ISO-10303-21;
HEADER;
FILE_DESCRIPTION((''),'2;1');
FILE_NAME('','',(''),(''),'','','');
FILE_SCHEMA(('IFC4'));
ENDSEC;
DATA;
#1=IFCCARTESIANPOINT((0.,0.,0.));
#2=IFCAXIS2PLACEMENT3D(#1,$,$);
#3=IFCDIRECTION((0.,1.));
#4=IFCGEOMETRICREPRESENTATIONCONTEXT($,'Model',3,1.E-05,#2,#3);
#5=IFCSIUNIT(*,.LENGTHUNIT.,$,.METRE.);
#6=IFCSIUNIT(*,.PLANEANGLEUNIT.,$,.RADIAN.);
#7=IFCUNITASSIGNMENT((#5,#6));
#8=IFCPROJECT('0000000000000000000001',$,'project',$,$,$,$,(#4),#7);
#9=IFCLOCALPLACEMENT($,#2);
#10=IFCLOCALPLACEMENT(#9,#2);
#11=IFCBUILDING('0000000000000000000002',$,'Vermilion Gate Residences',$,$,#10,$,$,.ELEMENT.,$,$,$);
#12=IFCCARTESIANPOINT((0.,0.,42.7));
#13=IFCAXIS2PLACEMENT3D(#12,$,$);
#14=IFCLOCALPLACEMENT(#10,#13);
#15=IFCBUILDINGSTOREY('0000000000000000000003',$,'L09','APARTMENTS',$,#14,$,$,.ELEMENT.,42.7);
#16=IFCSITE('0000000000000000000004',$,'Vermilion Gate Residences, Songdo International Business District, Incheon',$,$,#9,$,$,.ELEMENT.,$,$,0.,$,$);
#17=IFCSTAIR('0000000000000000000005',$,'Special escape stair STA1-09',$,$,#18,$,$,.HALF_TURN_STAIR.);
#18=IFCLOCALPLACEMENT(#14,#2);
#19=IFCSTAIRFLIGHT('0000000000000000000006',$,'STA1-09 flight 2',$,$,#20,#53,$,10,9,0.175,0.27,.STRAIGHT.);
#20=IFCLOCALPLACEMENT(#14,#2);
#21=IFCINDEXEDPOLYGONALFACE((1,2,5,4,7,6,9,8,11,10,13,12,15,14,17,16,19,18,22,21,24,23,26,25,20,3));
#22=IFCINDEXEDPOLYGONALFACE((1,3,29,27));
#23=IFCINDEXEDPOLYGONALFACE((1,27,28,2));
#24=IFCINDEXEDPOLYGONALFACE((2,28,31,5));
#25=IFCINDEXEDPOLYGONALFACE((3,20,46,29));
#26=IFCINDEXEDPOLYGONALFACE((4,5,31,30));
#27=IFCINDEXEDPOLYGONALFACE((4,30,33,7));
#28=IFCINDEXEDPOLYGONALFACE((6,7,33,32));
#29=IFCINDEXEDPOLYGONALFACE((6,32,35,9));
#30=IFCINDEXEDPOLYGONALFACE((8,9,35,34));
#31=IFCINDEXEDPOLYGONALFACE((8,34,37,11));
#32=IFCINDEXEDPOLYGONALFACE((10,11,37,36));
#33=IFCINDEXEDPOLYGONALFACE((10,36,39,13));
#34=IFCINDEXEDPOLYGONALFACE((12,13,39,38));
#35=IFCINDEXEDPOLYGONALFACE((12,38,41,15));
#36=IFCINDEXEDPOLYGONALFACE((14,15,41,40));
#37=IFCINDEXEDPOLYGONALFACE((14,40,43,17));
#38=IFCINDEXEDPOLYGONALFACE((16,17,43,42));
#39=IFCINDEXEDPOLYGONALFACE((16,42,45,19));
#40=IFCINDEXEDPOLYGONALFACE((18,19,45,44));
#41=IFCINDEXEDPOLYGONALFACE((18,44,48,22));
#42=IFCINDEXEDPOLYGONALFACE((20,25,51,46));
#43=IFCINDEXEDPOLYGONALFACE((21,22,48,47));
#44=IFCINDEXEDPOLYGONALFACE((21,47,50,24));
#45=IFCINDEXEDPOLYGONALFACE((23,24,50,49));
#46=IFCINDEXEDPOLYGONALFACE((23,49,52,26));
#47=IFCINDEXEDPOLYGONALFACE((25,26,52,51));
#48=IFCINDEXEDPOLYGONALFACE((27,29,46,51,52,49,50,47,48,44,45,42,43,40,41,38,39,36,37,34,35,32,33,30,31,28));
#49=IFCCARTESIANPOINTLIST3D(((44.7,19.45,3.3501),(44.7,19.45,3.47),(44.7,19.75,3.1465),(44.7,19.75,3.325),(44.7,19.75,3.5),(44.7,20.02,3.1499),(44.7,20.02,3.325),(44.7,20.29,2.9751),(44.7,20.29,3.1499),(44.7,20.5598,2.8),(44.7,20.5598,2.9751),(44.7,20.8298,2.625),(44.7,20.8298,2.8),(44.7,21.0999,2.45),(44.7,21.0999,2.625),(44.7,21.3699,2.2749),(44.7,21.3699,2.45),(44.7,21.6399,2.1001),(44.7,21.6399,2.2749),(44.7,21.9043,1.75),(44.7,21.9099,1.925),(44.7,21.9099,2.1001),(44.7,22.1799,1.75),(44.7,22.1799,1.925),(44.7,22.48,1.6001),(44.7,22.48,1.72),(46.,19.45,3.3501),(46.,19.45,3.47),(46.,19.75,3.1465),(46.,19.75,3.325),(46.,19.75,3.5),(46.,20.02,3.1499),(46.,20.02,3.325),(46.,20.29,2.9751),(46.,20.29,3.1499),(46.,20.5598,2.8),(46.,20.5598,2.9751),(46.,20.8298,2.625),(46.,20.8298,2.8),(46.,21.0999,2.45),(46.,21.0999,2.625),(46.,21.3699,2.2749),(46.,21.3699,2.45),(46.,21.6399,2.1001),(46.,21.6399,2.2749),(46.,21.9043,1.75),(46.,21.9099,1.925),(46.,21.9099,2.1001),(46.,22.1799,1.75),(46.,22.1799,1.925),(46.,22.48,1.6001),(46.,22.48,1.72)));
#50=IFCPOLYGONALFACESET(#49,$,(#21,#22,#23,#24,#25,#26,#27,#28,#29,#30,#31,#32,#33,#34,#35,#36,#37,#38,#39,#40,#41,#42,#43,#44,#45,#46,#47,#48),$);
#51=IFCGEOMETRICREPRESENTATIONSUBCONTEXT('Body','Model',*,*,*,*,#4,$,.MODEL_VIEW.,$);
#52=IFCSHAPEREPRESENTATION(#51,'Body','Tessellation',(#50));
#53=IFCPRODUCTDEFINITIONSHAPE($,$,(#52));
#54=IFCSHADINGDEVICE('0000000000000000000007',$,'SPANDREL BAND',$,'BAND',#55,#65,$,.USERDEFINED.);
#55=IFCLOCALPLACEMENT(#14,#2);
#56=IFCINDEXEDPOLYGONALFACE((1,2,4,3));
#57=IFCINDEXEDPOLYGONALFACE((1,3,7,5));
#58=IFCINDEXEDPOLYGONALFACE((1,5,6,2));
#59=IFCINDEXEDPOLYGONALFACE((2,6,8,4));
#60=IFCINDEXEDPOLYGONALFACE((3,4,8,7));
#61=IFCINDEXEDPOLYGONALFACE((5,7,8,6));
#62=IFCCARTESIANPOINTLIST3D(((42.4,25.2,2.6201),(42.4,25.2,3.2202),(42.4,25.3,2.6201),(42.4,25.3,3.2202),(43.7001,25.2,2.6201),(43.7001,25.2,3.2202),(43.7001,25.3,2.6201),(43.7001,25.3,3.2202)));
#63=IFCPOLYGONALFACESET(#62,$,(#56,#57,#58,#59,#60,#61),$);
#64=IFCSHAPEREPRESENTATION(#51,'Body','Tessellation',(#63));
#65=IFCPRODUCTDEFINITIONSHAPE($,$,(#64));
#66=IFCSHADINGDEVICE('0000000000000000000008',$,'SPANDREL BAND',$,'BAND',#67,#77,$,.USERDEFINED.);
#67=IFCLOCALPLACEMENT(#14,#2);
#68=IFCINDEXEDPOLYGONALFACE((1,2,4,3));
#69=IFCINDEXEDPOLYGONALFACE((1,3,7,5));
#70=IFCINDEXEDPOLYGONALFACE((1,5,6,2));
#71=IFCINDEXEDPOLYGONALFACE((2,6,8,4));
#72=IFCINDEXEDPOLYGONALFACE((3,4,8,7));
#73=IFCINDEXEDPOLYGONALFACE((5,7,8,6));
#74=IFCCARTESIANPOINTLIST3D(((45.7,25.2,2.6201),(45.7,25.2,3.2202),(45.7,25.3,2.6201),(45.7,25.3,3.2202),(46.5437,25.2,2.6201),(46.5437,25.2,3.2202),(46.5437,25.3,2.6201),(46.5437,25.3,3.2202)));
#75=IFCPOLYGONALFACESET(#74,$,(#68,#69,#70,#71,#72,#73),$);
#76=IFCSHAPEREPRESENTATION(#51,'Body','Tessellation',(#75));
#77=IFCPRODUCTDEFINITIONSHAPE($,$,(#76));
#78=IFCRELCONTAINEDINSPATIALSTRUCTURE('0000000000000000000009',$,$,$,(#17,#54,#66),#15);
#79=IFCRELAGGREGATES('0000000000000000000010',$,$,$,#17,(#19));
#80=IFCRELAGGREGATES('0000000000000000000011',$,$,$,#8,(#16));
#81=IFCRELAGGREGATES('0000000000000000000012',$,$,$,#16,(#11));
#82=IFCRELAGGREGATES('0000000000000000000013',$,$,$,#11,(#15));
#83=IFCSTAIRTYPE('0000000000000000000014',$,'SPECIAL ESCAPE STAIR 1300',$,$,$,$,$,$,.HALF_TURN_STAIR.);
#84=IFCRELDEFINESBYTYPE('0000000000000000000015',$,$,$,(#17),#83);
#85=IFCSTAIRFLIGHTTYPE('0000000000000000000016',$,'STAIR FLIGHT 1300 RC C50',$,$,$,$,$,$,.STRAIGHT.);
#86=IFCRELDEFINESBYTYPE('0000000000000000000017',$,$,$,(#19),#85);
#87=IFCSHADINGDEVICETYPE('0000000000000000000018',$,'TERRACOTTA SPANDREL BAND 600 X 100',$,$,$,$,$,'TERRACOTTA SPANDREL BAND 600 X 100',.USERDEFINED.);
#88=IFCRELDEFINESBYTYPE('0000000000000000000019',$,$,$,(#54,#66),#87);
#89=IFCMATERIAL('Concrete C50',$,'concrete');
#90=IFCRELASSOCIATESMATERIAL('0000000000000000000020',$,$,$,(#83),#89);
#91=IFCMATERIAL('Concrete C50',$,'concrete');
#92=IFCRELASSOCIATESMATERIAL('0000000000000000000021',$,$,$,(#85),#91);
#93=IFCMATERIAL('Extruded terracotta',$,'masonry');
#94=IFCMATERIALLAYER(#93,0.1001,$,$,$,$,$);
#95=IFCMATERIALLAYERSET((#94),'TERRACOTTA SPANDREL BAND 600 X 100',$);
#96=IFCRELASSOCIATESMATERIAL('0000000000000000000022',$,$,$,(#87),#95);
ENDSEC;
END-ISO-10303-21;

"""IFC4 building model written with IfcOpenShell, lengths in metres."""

from ifc_helpers import new_model, si_unit, direction, frame, origin, origin_2d, place, context, subcontext, project, spatial, polyline, rectangle, outline, extrude, material, layer, layer_set, type_object, element, aggregate, save


model = new_model("IFC4")

# Units and contexts
model_context = context("Model", 3, precision=1e-05, world=origin(), true_north=direction((0.0, 1.0)))
body_context = subcontext(model_context, "Body", "Model", "MODEL_VIEW")
ifc_project = project(units=[si_unit("LENGTHUNIT", "METRE"), si_unit("PLANEANGLEUNIT", "RADIAN")], contexts=[model_context])

# Site, building, storey
site_placement = place(None, origin())
site = spatial("IfcSite", under=ifc_project, at=site_placement, Name="Vermilion Gate Residences, Songdo International Business District, Incheon", CompositionType="ELEMENT", RefElevation=0.0)
building_placement = place(site_placement, origin())
building = spatial("IfcBuilding", under=site, at=building_placement, Name="Vermilion Gate Residences", CompositionType="ELEMENT")
storey_placement = place(building_placement, frame((0.0, 0.0, 42.7)))
storey = spatial("IfcBuildingStorey", under=building, at=storey_placement, Name="L09", Description="APARTMENTS", CompositionType="ELEMENT", Elevation=42.7)

# Stair, stair flight
ifc_material_1 = material(Name="Concrete C50", Category="concrete")
stair_type = type_object("IfcStairType", Name="SPECIAL ESCAPE STAIR 1300", PredefinedType="HALF_TURN_STAIR", material=ifc_material_1)
stair_placement = place(storey_placement, origin())
stair = element("IfcStair", 1, at=stair_placement, inside=storey, type_object=stair_type, Name="Special escape stair STA1-09", PredefinedType="HALF_TURN_STAIR")
ifc_material_2 = material(Name="Concrete C50", Category="concrete")
stair_flight_type = type_object("IfcStairFlightType", Name="STAIR FLIGHT 1300 RC C50", PredefinedType="STRAIGHT", material=ifc_material_2)
stair_flight_1_placement = place(storey_placement, frame((45.3501, 22.1799, 1.75), z_axis=(0.0, 0.0, 1.0), x_axis=(0.0, -1.0, 0.0)))
stair_flight_1 = element("IfcStairFlight", 2, at=stair_flight_1_placement, type_object=stair_flight_type, Name="STA1-09 flight 2", NumberOfRisers=10, NumberOfTreads=9, PredefinedType="STRAIGHT", RiserHeight=0.175, TreadLength=0.27, context=body_context, shape_type="SweptSolid", body=[
    extrude(outline(polyline([(-0.3, -0.1499), (-0.3, -0.03), (0.0, 0.0), (0.0, 0.175), (0.27, 0.175), (0.27, 0.3501), (0.54, 0.3501), (0.54, 0.5249), (0.8101, 0.5249), (0.8101, 0.7), (1.0801, 0.7), (1.0801, 0.875), (1.3501, 0.875), (1.3501, 1.05), (1.6201, 1.05), (1.6201, 1.2251), (1.8899, 1.2251), (1.8899, 1.3999), (2.1599, 1.3999), (2.1599, 1.575), (2.4299, 1.575), (2.4299, 1.75), (2.73, 1.72), (2.73, 1.6001), (2.4299, 1.3965), (0.2756, 0.0), (-0.3, -0.1499)])), frame((0.0, 0.6499, 0.0), z_axis=(0.0, -1.0, 0.0), x_axis=(1.0, 0.0, 0.0)), (0.0, 0.0, 1.0), 1.3),
])
aggregate(stair, [stair_flight_1])

# Shading devices
ifc_material_3 = material(Name="Extruded terracotta", Category="masonry")
ifc_layer_1 = layer(ifc_material_3, 0.1001)
ifc_layer_set_1 = layer_set([ifc_layer_1], Name="TERRACOTTA SPANDREL BAND 600 X 100")
shading_device_type = type_object("IfcShadingDeviceType", Name="TERRACOTTA SPANDREL BAND 600 X 100", ElementType="TERRACOTTA SPANDREL BAND 600 X 100", PredefinedType="USERDEFINED", material=ifc_layer_set_1)
shading_device_1_placement = place(storey_placement, frame((43.05, 25.25, 2.6201), z_axis=(0.0, 0.0, 1.0), x_axis=(1.0, 0.0, 0.0)))
element("IfcShadingDevice", 3, at=shading_device_1_placement, inside=storey, type_object=shading_device_type, Name="SPANDREL BAND", ObjectType="BAND", PredefinedType="USERDEFINED", context=body_context, shape_type="SweptSolid", body=[
    extrude(rectangle(XDim=1.3, YDim=0.1001, at=origin_2d()), origin(), (0.0, 0.0, 1.0), 0.6001),
])
shading_device_2_placement = place(storey_placement, frame((46.1218, 25.25, 2.6201), z_axis=(0.0, 0.0, 1.0), x_axis=(1.0, 0.0, 0.0)))
element("IfcShadingDevice", 4, at=shading_device_2_placement, inside=storey, type_object=shading_device_type, Name="SPANDREL BAND", ObjectType="BAND", PredefinedType="USERDEFINED", context=body_context, shape_type="SweptSolid", body=[
    extrude(rectangle(XDim=0.8438, YDim=0.1001, at=origin_2d()), origin(), (0.0, 0.0, 1.0), 0.6001),
])

save(model, "model.ifc")
